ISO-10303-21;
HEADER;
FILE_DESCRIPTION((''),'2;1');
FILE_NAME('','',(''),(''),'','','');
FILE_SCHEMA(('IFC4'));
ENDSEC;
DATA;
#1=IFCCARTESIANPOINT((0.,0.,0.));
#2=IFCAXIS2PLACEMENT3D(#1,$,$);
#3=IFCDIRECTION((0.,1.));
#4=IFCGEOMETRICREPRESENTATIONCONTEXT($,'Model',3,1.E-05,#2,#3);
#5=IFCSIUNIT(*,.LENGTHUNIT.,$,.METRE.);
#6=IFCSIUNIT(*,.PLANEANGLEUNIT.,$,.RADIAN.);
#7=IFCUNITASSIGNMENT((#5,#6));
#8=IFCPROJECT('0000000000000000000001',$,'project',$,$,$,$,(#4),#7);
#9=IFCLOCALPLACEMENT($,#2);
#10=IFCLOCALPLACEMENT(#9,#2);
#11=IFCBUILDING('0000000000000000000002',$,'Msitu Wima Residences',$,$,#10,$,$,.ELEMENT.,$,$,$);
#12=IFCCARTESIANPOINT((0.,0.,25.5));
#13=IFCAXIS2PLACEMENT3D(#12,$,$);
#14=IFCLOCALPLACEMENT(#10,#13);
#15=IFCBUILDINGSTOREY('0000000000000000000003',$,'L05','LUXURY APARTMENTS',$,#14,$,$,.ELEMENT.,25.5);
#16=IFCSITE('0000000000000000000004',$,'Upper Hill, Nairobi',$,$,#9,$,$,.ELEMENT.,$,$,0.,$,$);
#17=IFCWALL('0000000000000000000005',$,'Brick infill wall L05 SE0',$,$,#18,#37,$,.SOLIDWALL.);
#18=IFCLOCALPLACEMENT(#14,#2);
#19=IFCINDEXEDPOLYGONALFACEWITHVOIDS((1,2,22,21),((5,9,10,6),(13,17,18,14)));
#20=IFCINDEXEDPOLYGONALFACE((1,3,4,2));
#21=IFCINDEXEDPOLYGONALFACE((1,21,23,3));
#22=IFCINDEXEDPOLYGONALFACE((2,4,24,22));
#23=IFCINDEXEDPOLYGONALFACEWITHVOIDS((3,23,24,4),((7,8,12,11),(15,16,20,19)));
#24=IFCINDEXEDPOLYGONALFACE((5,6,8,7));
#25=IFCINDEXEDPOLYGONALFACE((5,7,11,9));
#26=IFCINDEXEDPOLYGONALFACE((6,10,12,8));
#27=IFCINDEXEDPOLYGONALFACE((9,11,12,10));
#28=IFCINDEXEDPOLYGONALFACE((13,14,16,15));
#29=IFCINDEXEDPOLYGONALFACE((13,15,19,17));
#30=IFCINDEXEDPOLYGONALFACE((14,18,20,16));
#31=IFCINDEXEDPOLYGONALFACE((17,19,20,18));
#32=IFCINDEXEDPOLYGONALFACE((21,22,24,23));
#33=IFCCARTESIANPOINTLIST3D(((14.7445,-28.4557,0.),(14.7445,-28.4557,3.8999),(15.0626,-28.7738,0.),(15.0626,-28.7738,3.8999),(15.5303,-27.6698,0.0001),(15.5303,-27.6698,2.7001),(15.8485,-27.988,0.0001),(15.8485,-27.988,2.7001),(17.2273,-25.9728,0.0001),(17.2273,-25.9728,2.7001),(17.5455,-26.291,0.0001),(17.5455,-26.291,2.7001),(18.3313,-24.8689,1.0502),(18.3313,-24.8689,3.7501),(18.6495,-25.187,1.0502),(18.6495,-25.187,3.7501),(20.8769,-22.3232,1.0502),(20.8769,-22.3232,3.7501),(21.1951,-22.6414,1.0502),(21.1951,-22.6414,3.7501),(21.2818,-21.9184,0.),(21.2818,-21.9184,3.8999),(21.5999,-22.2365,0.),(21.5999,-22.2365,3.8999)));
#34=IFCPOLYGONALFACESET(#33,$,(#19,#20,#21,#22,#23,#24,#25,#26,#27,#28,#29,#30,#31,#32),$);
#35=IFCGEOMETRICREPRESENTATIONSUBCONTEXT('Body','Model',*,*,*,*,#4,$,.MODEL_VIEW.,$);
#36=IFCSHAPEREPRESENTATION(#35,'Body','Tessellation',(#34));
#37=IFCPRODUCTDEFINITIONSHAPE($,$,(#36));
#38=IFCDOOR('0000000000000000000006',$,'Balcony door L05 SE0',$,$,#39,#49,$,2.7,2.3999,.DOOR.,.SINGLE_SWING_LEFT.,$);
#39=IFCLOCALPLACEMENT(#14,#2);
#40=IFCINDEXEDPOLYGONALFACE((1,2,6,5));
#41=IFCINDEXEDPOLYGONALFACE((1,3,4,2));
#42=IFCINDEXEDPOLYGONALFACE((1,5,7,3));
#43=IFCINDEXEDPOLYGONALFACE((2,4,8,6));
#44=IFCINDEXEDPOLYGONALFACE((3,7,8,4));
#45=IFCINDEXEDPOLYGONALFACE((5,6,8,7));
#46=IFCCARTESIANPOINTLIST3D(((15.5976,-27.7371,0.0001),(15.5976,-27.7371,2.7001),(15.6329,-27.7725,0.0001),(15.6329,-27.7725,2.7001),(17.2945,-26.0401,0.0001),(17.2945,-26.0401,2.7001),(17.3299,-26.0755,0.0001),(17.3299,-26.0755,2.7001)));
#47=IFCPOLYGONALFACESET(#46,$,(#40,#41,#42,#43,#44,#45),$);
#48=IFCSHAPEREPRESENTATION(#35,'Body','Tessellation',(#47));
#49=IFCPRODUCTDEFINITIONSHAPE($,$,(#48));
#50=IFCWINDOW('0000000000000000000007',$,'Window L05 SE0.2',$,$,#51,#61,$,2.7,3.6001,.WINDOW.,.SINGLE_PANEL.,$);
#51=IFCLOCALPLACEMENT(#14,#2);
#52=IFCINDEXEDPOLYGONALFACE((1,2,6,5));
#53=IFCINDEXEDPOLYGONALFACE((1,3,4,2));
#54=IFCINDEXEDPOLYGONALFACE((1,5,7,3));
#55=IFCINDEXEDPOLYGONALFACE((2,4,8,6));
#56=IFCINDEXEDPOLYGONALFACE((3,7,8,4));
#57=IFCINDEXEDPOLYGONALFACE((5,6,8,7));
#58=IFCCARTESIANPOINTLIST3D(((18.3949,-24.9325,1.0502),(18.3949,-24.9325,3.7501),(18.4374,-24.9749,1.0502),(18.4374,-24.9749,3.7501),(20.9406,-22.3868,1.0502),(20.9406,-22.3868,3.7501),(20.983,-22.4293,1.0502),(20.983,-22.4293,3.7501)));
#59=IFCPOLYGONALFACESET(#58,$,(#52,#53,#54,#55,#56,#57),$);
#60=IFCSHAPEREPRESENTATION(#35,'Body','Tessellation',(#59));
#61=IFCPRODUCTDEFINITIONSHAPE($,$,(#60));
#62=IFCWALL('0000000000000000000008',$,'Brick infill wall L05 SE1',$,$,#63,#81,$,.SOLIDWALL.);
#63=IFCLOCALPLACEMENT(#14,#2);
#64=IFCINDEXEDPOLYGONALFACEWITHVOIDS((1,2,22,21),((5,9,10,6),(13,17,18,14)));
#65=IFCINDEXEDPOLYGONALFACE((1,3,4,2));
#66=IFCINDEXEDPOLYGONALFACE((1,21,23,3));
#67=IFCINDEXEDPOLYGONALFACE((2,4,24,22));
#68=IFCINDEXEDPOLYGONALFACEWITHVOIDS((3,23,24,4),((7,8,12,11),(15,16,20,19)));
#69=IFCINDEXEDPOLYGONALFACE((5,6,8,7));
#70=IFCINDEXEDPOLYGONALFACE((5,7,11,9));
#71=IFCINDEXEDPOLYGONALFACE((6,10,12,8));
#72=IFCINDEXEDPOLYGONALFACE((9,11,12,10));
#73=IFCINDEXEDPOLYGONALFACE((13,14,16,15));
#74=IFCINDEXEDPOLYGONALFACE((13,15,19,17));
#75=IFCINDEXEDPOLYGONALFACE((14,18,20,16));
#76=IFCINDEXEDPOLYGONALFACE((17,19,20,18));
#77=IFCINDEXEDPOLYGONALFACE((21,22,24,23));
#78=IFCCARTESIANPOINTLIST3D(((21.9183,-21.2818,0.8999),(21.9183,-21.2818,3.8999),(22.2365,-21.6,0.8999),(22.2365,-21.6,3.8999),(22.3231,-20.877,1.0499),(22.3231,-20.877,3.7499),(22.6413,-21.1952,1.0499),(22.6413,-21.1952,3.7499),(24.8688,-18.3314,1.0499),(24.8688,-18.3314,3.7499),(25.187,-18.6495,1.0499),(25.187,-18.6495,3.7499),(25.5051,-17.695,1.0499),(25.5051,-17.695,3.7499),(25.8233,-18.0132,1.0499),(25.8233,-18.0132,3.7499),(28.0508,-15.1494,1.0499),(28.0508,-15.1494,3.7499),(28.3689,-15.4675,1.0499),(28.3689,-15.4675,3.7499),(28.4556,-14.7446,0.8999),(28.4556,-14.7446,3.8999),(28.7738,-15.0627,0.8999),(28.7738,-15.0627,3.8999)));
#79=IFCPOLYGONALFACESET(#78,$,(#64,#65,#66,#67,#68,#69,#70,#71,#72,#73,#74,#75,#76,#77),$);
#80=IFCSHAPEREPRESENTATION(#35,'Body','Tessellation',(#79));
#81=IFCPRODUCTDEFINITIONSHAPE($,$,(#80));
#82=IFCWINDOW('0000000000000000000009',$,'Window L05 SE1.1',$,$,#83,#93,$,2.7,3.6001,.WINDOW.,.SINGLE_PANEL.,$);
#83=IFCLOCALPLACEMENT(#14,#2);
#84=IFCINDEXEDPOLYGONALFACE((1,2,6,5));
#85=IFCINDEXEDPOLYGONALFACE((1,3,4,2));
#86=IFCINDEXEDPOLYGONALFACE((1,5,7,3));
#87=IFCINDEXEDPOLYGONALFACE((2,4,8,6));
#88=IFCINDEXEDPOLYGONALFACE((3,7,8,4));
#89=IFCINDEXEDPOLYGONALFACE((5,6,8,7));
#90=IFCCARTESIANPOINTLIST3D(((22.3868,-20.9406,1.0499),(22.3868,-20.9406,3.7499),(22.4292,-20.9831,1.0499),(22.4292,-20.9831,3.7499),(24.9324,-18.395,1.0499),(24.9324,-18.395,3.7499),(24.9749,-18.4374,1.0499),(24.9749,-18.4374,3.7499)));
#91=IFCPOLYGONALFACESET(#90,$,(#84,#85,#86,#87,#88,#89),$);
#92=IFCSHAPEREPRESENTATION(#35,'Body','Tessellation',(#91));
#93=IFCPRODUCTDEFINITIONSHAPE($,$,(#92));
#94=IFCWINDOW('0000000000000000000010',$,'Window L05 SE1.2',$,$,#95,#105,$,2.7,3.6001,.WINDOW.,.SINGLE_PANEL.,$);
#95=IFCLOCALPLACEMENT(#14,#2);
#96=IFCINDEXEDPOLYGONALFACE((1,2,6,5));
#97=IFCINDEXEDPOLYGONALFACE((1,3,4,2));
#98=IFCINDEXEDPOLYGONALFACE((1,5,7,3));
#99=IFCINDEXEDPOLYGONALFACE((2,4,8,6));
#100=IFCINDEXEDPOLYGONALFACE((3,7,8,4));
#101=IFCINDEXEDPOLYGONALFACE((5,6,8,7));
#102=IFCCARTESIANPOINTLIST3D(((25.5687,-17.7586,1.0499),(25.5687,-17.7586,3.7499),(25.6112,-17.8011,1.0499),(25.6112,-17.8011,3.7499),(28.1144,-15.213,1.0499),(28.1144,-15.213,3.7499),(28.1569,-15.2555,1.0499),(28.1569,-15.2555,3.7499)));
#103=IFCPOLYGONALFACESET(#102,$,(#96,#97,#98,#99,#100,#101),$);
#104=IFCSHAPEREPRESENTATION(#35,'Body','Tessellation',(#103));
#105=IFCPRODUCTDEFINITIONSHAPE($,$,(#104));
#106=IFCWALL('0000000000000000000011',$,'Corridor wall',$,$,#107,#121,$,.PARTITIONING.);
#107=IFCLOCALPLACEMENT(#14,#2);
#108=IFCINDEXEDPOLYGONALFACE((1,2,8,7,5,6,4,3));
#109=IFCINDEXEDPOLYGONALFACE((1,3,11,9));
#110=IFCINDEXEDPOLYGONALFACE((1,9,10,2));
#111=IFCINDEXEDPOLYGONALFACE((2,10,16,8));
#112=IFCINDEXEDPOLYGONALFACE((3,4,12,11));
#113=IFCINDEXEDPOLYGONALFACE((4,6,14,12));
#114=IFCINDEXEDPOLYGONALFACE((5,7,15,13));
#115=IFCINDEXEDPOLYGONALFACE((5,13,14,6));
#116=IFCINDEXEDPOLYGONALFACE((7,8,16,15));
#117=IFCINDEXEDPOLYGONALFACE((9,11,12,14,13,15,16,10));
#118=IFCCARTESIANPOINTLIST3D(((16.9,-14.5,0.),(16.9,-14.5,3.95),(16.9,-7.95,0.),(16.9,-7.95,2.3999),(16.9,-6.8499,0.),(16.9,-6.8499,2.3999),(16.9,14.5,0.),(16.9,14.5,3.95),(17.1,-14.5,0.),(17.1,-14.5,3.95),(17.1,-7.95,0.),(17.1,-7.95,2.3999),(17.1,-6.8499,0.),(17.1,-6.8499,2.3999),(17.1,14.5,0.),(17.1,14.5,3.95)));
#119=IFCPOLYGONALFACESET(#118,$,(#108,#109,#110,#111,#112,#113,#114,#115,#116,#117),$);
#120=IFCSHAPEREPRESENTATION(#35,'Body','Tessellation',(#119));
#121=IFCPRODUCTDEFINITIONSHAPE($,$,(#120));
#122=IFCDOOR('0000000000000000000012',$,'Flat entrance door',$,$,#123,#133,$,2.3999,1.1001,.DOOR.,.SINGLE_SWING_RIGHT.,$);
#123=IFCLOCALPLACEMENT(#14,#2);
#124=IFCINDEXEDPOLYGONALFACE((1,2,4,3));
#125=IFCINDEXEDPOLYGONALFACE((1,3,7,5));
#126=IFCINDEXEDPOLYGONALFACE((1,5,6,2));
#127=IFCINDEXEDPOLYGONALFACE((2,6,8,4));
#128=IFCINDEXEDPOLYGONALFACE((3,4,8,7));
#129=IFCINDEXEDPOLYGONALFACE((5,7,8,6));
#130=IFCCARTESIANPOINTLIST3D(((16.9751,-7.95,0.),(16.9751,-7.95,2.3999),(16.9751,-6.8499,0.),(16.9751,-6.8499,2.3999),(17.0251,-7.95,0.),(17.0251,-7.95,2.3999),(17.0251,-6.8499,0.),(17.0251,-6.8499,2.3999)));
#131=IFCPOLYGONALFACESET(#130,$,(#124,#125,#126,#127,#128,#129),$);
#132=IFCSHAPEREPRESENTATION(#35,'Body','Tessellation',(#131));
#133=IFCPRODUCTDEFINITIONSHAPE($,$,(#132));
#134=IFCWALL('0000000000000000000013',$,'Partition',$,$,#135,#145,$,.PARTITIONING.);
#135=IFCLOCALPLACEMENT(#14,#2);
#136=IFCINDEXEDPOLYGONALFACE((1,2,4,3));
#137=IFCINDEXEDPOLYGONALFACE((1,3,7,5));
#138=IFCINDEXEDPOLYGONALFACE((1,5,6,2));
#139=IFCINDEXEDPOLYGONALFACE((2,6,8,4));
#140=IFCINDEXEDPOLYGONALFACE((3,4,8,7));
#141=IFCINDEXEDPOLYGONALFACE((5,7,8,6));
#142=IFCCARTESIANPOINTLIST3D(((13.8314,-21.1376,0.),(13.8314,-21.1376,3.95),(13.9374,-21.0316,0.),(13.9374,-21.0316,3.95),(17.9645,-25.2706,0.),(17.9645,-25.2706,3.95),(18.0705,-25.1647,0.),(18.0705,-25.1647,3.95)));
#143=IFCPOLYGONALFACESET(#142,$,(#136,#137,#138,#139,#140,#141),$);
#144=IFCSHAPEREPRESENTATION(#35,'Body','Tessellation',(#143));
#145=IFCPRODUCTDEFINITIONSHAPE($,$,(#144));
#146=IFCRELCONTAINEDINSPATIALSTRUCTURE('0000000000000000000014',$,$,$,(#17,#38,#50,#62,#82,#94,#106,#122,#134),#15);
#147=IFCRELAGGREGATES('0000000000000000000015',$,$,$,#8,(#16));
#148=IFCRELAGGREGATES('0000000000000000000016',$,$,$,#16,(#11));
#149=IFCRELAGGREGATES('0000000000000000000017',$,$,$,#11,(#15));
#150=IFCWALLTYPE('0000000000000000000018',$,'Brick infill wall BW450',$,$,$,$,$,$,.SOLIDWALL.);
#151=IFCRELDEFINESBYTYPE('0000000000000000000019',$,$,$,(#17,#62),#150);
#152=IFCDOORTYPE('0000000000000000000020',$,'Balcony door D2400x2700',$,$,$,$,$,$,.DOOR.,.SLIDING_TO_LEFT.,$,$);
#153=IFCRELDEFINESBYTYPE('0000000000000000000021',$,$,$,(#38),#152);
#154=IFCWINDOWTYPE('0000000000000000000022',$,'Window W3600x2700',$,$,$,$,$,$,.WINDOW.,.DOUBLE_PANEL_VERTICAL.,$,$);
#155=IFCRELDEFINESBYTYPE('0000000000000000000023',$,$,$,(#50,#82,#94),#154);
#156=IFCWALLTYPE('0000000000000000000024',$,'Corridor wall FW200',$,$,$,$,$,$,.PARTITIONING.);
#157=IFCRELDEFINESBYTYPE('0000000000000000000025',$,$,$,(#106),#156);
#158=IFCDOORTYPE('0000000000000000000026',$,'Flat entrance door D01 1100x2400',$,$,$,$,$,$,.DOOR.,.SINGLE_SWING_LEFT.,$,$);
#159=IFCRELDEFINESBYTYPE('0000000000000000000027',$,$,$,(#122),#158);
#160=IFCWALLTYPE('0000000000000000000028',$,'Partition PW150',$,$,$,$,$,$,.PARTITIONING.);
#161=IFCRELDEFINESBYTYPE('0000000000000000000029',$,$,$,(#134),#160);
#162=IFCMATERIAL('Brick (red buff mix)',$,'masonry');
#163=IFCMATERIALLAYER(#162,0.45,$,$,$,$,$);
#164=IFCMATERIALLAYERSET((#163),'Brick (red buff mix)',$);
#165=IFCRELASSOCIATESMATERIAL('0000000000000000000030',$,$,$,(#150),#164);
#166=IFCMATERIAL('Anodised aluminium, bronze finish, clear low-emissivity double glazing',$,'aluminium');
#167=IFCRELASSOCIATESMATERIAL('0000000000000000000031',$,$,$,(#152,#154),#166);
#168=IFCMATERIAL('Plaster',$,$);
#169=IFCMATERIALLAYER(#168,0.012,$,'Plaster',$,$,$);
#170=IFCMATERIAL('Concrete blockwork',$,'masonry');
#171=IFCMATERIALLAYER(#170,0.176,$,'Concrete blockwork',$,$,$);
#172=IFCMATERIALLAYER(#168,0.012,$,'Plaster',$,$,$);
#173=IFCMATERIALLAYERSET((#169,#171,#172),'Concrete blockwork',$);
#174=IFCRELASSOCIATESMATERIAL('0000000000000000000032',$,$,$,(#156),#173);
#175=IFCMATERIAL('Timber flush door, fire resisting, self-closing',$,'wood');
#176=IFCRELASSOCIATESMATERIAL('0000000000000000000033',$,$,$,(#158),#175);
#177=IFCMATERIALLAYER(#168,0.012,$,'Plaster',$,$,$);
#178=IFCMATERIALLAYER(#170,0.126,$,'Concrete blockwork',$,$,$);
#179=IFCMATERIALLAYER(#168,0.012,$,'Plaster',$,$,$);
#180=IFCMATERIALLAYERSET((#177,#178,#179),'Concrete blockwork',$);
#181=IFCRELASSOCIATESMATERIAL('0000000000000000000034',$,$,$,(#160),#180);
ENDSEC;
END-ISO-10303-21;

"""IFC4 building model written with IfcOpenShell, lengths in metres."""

from ifc_helpers import new_model, si_unit, direction, frame, frame_2d, origin, place, context, subcontext, project, spatial, rectangle, extrude, material, layer, layer_set, type_object, element, fill, save


model = new_model("IFC4")

# Units and contexts
model_context = context("Model", 3, precision=1e-05, world=origin(), true_north=direction((0.0, 1.0)))
body_context = subcontext(model_context, "Body", "Model", "MODEL_VIEW")
ifc_project = project(units=[si_unit("LENGTHUNIT", "METRE"), si_unit("PLANEANGLEUNIT", "RADIAN")], contexts=[model_context])

# Site, building, storey
site_placement = place(None, origin())
site = spatial("IfcSite", under=ifc_project, at=site_placement, Name="Upper Hill, Nairobi", CompositionType="ELEMENT", RefElevation=0.0)
building_placement = place(site_placement, origin())
building = spatial("IfcBuilding", under=site, at=building_placement, Name="Msitu Wima Residences", CompositionType="ELEMENT")
storey_placement = place(building_placement, frame((0.0, 0.0, 25.5)))
storey = spatial("IfcBuildingStorey", under=building, at=storey_placement, Name="L05", Description="LUXURY APARTMENTS", CompositionType="ELEMENT", Elevation=25.5)

# Wall, openings, door, window
ifc_material_1 = material(Name="Brick (red buff mix)", Category="masonry")
ifc_layer_1 = layer(ifc_material_1, 0.45)
ifc_layer_set_1 = layer_set([ifc_layer_1], Name="Brick (red buff mix)")
wall_type_1 = type_object("IfcWallType", Name="Brick infill wall BW450", PredefinedType="SOLIDWALL", material=ifc_layer_set_1)
wall_1_placement = place(storey_placement, frame((14.9036, -28.6147, 0.0), z_axis=(0.0, 0.0, 1.0), x_axis=(0.707107, 0.707107, 0.0)))
wall_1 = element("IfcWall", 1, at=wall_1_placement, inside=storey, type_object=wall_type_1, Name="Brick infill wall L05 SE0", PredefinedType="SOLIDWALL", context=body_context, shape_type="SweptSolid", body=[
    extrude(rectangle(XDim=9.2451, YDim=0.45, at=frame_2d((4.6226, 0.0))), origin(), (0.0, 0.0, 1.0), 3.8999),
])
opening_1_placement = place(wall_1_placement, frame((1.1113, 0.0, 0.0)))
opening_1 = element("IfcOpeningElement", 2, at=opening_1_placement, cuts=wall_1, PredefinedType="OPENING", context=body_context, shape_type="SweptSolid", body=[
    extrude(rectangle(XDim=2.3999, YDim=2.7, at=frame_2d((1.2, 1.3501))), frame((0.0, 0.2349, 0.0), z_axis=(0.0, -1.0, 0.0), x_axis=(1.0, 0.0, 0.0)), (0.0, 0.0, 1.0), 0.47),
])
opening_2_placement = place(wall_1_placement, frame((5.0725, 0.0, 1.05)))
opening_2 = element("IfcOpeningElement", 3, at=opening_2_placement, cuts=wall_1, PredefinedType="OPENING", context=body_context, shape_type="SweptSolid", body=[
    extrude(rectangle(XDim=3.6001, YDim=2.7, at=frame_2d((1.8, 1.3501))), frame((0.0, 0.2349, 0.0), z_axis=(0.0, -1.0, 0.0), x_axis=(1.0, 0.0, 0.0)), (0.0, 0.0, 1.0), 0.47),
])
ifc_material_2 = material(Name="Anodised aluminium, bronze finish, clear low-emissivity double glazing", Category="aluminium")
door_type_1 = type_object("IfcDoorType", Name="Balcony door D2400x2700", OperationType="SLIDING_TO_LEFT", PredefinedType="DOOR", material=ifc_material_2)
door_1_placement = place(opening_1_placement, origin())
door_1 = element("IfcDoor", 4, at=door_1_placement, inside=storey, type_object=door_type_1, Name="Balcony door L05 SE0", OperationType="SINGLE_SWING_LEFT", OverallHeight=2.7, OverallWidth=2.3999, PredefinedType="DOOR", context=body_context, shape_type="SweptSolid", body=[
    extrude(rectangle(XDim=2.3999, YDim=2.7, at=frame_2d((1.2, 1.3501))), frame((0.0, 0.1299, 0.0), z_axis=(0.0, -1.0, 0.0), x_axis=(1.0, 0.0, 0.0)), (0.0, 0.0, 1.0), 0.05),
])
fill(opening_1, door_1)
window_type = type_object("IfcWindowType", Name="Window W3600x2700", PartitioningType="DOUBLE_PANEL_VERTICAL", PredefinedType="WINDOW", material=ifc_material_2)
window_1_placement = place(opening_2_placement, origin())
window_1 = element("IfcWindow", 5, at=window_1_placement, inside=storey, type_object=window_type, Name="Window L05 SE0.2", OverallHeight=2.7, OverallWidth=3.6001, PartitioningType="SINGLE_PANEL", PredefinedType="WINDOW", context=body_context, shape_type="SweptSolid", body=[
    extrude(rectangle(XDim=3.6001, YDim=2.7, at=frame_2d((1.8, 1.3501))), frame((0.0, 0.135, 0.0), z_axis=(0.0, -1.0, 0.0), x_axis=(1.0, 0.0, 0.0)), (0.0, 0.0, 1.0), 0.0601),
])
fill(opening_2, window_1)

# Wall, openings, windows
wall_2_placement = place(storey_placement, frame((22.0774, -21.4409, 0.8999), z_axis=(0.0, 0.0, 1.0), x_axis=(0.707107, 0.707107, 0.0)))
wall_2 = element("IfcWall", 6, at=wall_2_placement, inside=storey, type_object=wall_type_1, Name="Brick infill wall L05 SE1", PredefinedType="SOLIDWALL", context=body_context, shape_type="SweptSolid", body=[
    extrude(rectangle(XDim=9.2451, YDim=0.45, at=frame_2d((4.6226, 0.0))), origin(), (0.0, 0.0, 1.0), 3.0),
])
opening_3_placement = place(wall_2_placement, frame((0.5725, 0.0, 0.1499)))
opening_3 = element("IfcOpeningElement", 7, at=opening_3_placement, cuts=wall_2, PredefinedType="OPENING", context=body_context, shape_type="SweptSolid", body=[
    extrude(rectangle(XDim=3.6001, YDim=2.7, at=frame_2d((1.8, 1.3501))), frame((0.0, 0.2349, 0.0), z_axis=(0.0, -1.0, 0.0), x_axis=(1.0, 0.0, 0.0)), (0.0, 0.0, 1.0), 0.47),
])
opening_4_placement = place(wall_2_placement, frame((5.0725, 0.0, 0.1499)))
opening_4 = element("IfcOpeningElement", 8, at=opening_4_placement, cuts=wall_2, PredefinedType="OPENING", context=body_context, shape_type="SweptSolid", body=[
    extrude(rectangle(XDim=3.6001, YDim=2.7, at=frame_2d((1.8, 1.3501))), frame((0.0, 0.2349, 0.0), z_axis=(0.0, -1.0, 0.0), x_axis=(1.0, 0.0, 0.0)), (0.0, 0.0, 1.0), 0.47),
])
window_2_placement = place(opening_3_placement, origin())
window_2 = element("IfcWindow", 9, at=window_2_placement, inside=storey, type_object=window_type, Name="Window L05 SE1.1", OverallHeight=2.7, OverallWidth=3.6001, PartitioningType="SINGLE_PANEL", PredefinedType="WINDOW", context=body_context, shape_type="SweptSolid", body=[
    extrude(rectangle(XDim=3.6001, YDim=2.7, at=frame_2d((1.8, 1.3501))), frame((0.0, 0.135, 0.0), z_axis=(0.0, -1.0, 0.0), x_axis=(1.0, 0.0, 0.0)), (0.0, 0.0, 1.0), 0.0601),
])
fill(opening_3, window_2)
window_3_placement = place(opening_4_placement, origin())
window_3 = element("IfcWindow", 10, at=window_3_placement, inside=storey, type_object=window_type, Name="Window L05 SE1.2", OverallHeight=2.7, OverallWidth=3.6001, PartitioningType="SINGLE_PANEL", PredefinedType="WINDOW", context=body_context, shape_type="SweptSolid", body=[
    extrude(rectangle(XDim=3.6001, YDim=2.7, at=frame_2d((1.8, 1.3501))), frame((0.0, 0.135, 0.0), z_axis=(0.0, -1.0, 0.0), x_axis=(1.0, 0.0, 0.0)), (0.0, 0.0, 1.0), 0.0601),
])
fill(opening_4, window_3)

# Wall, opening, door
ifc_material_3 = material(Name="Plaster")
ifc_layer_2 = layer(ifc_material_3, 0.012, Name="Plaster")
ifc_material_4 = material(Name="Concrete blockwork", Category="masonry")
ifc_layer_3 = layer(ifc_material_4, 0.176, Name="Concrete blockwork")
ifc_layer_4 = layer(ifc_material_3, 0.012, Name="Plaster")
ifc_layer_set_2 = layer_set([ifc_layer_2, ifc_layer_3, ifc_layer_4], Name="Concrete blockwork")
wall_type_2 = type_object("IfcWallType", Name="Corridor wall FW200", PredefinedType="PARTITIONING", material=ifc_layer_set_2)
wall_3_placement = place(storey_placement, frame((17.0, -14.5, 0.0), z_axis=(0.0, 0.0, 1.0), x_axis=(0.0, 1.0, 0.0)))
wall_3 = element("IfcWall", 11, at=wall_3_placement, inside=storey, type_object=wall_type_2, Name="Corridor wall", PredefinedType="PARTITIONING", context=body_context, shape_type="SweptSolid", body=[
    extrude(rectangle(XDim=29.0, YDim=0.2, at=frame_2d((14.5, 0.0))), origin(), (0.0, 0.0, 1.0), 3.95),
])
opening_5_placement = place(wall_3_placement, frame((6.55, 0.0, 0.0)))
opening_5 = element("IfcOpeningElement", 12, at=opening_5_placement, cuts=wall_3, PredefinedType="OPENING", context=body_context, shape_type="SweptSolid", body=[
    extrude(rectangle(XDim=1.1001, YDim=2.3999, at=frame_2d((0.55, 1.2))), frame((0.0, 0.1099, 0.0), z_axis=(0.0, -1.0, 0.0), x_axis=(1.0, 0.0, 0.0)), (0.0, 0.0, 1.0), 0.22),
])
ifc_material_5 = material(Name="Timber flush door, fire resisting, self-closing", Category="wood")
door_type_2 = type_object("IfcDoorType", Name="Flat entrance door D01 1100x2400", OperationType="SINGLE_SWING_LEFT", PredefinedType="DOOR", material=ifc_material_5)
door_2_placement = place(opening_5_placement, origin())
door_2 = element("IfcDoor", 13, at=door_2_placement, inside=storey, type_object=door_type_2, Name="Flat entrance door", OperationType="SINGLE_SWING_RIGHT", OverallHeight=2.3999, OverallWidth=1.1001, PredefinedType="DOOR", context=body_context, shape_type="SweptSolid", body=[
    extrude(rectangle(XDim=1.1001, YDim=2.3999, at=frame_2d((0.55, 1.2))), frame((0.0, 0.0249, 0.0), z_axis=(0.0, -1.0, 0.0), x_axis=(1.0, 0.0, 0.0)), (0.0, 0.0, 1.0), 0.05),
])
fill(opening_5, door_2)

# Wall
ifc_layer_5 = layer(ifc_material_3, 0.012, Name="Plaster")
ifc_layer_6 = layer(ifc_material_4, 0.126, Name="Concrete blockwork")
ifc_layer_7 = layer(ifc_material_3, 0.012, Name="Plaster")
ifc_layer_set_3 = layer_set([ifc_layer_5, ifc_layer_6, ifc_layer_7], Name="Concrete blockwork")
wall_type_3 = type_object("IfcWallType", Name="Partition PW150", PredefinedType="PARTITIONING", material=ifc_layer_set_3)
wall_4_placement = place(storey_placement, frame((13.8845, -21.0847, 0.0), z_axis=(0.0, 0.0, 1.0), x_axis=(0.707107, -0.707107, 0.0)))
element("IfcWall", 14, at=wall_4_placement, inside=storey, type_object=wall_type_3, Name="Partition", PredefinedType="PARTITIONING", context=body_context, shape_type="SweptSolid", body=[
    extrude(rectangle(XDim=5.845, YDim=0.1499, at=frame_2d((2.9224, 0.0))), origin(), (0.0, 0.0, 1.0), 3.95),
])

save(model, "model.ifc")
